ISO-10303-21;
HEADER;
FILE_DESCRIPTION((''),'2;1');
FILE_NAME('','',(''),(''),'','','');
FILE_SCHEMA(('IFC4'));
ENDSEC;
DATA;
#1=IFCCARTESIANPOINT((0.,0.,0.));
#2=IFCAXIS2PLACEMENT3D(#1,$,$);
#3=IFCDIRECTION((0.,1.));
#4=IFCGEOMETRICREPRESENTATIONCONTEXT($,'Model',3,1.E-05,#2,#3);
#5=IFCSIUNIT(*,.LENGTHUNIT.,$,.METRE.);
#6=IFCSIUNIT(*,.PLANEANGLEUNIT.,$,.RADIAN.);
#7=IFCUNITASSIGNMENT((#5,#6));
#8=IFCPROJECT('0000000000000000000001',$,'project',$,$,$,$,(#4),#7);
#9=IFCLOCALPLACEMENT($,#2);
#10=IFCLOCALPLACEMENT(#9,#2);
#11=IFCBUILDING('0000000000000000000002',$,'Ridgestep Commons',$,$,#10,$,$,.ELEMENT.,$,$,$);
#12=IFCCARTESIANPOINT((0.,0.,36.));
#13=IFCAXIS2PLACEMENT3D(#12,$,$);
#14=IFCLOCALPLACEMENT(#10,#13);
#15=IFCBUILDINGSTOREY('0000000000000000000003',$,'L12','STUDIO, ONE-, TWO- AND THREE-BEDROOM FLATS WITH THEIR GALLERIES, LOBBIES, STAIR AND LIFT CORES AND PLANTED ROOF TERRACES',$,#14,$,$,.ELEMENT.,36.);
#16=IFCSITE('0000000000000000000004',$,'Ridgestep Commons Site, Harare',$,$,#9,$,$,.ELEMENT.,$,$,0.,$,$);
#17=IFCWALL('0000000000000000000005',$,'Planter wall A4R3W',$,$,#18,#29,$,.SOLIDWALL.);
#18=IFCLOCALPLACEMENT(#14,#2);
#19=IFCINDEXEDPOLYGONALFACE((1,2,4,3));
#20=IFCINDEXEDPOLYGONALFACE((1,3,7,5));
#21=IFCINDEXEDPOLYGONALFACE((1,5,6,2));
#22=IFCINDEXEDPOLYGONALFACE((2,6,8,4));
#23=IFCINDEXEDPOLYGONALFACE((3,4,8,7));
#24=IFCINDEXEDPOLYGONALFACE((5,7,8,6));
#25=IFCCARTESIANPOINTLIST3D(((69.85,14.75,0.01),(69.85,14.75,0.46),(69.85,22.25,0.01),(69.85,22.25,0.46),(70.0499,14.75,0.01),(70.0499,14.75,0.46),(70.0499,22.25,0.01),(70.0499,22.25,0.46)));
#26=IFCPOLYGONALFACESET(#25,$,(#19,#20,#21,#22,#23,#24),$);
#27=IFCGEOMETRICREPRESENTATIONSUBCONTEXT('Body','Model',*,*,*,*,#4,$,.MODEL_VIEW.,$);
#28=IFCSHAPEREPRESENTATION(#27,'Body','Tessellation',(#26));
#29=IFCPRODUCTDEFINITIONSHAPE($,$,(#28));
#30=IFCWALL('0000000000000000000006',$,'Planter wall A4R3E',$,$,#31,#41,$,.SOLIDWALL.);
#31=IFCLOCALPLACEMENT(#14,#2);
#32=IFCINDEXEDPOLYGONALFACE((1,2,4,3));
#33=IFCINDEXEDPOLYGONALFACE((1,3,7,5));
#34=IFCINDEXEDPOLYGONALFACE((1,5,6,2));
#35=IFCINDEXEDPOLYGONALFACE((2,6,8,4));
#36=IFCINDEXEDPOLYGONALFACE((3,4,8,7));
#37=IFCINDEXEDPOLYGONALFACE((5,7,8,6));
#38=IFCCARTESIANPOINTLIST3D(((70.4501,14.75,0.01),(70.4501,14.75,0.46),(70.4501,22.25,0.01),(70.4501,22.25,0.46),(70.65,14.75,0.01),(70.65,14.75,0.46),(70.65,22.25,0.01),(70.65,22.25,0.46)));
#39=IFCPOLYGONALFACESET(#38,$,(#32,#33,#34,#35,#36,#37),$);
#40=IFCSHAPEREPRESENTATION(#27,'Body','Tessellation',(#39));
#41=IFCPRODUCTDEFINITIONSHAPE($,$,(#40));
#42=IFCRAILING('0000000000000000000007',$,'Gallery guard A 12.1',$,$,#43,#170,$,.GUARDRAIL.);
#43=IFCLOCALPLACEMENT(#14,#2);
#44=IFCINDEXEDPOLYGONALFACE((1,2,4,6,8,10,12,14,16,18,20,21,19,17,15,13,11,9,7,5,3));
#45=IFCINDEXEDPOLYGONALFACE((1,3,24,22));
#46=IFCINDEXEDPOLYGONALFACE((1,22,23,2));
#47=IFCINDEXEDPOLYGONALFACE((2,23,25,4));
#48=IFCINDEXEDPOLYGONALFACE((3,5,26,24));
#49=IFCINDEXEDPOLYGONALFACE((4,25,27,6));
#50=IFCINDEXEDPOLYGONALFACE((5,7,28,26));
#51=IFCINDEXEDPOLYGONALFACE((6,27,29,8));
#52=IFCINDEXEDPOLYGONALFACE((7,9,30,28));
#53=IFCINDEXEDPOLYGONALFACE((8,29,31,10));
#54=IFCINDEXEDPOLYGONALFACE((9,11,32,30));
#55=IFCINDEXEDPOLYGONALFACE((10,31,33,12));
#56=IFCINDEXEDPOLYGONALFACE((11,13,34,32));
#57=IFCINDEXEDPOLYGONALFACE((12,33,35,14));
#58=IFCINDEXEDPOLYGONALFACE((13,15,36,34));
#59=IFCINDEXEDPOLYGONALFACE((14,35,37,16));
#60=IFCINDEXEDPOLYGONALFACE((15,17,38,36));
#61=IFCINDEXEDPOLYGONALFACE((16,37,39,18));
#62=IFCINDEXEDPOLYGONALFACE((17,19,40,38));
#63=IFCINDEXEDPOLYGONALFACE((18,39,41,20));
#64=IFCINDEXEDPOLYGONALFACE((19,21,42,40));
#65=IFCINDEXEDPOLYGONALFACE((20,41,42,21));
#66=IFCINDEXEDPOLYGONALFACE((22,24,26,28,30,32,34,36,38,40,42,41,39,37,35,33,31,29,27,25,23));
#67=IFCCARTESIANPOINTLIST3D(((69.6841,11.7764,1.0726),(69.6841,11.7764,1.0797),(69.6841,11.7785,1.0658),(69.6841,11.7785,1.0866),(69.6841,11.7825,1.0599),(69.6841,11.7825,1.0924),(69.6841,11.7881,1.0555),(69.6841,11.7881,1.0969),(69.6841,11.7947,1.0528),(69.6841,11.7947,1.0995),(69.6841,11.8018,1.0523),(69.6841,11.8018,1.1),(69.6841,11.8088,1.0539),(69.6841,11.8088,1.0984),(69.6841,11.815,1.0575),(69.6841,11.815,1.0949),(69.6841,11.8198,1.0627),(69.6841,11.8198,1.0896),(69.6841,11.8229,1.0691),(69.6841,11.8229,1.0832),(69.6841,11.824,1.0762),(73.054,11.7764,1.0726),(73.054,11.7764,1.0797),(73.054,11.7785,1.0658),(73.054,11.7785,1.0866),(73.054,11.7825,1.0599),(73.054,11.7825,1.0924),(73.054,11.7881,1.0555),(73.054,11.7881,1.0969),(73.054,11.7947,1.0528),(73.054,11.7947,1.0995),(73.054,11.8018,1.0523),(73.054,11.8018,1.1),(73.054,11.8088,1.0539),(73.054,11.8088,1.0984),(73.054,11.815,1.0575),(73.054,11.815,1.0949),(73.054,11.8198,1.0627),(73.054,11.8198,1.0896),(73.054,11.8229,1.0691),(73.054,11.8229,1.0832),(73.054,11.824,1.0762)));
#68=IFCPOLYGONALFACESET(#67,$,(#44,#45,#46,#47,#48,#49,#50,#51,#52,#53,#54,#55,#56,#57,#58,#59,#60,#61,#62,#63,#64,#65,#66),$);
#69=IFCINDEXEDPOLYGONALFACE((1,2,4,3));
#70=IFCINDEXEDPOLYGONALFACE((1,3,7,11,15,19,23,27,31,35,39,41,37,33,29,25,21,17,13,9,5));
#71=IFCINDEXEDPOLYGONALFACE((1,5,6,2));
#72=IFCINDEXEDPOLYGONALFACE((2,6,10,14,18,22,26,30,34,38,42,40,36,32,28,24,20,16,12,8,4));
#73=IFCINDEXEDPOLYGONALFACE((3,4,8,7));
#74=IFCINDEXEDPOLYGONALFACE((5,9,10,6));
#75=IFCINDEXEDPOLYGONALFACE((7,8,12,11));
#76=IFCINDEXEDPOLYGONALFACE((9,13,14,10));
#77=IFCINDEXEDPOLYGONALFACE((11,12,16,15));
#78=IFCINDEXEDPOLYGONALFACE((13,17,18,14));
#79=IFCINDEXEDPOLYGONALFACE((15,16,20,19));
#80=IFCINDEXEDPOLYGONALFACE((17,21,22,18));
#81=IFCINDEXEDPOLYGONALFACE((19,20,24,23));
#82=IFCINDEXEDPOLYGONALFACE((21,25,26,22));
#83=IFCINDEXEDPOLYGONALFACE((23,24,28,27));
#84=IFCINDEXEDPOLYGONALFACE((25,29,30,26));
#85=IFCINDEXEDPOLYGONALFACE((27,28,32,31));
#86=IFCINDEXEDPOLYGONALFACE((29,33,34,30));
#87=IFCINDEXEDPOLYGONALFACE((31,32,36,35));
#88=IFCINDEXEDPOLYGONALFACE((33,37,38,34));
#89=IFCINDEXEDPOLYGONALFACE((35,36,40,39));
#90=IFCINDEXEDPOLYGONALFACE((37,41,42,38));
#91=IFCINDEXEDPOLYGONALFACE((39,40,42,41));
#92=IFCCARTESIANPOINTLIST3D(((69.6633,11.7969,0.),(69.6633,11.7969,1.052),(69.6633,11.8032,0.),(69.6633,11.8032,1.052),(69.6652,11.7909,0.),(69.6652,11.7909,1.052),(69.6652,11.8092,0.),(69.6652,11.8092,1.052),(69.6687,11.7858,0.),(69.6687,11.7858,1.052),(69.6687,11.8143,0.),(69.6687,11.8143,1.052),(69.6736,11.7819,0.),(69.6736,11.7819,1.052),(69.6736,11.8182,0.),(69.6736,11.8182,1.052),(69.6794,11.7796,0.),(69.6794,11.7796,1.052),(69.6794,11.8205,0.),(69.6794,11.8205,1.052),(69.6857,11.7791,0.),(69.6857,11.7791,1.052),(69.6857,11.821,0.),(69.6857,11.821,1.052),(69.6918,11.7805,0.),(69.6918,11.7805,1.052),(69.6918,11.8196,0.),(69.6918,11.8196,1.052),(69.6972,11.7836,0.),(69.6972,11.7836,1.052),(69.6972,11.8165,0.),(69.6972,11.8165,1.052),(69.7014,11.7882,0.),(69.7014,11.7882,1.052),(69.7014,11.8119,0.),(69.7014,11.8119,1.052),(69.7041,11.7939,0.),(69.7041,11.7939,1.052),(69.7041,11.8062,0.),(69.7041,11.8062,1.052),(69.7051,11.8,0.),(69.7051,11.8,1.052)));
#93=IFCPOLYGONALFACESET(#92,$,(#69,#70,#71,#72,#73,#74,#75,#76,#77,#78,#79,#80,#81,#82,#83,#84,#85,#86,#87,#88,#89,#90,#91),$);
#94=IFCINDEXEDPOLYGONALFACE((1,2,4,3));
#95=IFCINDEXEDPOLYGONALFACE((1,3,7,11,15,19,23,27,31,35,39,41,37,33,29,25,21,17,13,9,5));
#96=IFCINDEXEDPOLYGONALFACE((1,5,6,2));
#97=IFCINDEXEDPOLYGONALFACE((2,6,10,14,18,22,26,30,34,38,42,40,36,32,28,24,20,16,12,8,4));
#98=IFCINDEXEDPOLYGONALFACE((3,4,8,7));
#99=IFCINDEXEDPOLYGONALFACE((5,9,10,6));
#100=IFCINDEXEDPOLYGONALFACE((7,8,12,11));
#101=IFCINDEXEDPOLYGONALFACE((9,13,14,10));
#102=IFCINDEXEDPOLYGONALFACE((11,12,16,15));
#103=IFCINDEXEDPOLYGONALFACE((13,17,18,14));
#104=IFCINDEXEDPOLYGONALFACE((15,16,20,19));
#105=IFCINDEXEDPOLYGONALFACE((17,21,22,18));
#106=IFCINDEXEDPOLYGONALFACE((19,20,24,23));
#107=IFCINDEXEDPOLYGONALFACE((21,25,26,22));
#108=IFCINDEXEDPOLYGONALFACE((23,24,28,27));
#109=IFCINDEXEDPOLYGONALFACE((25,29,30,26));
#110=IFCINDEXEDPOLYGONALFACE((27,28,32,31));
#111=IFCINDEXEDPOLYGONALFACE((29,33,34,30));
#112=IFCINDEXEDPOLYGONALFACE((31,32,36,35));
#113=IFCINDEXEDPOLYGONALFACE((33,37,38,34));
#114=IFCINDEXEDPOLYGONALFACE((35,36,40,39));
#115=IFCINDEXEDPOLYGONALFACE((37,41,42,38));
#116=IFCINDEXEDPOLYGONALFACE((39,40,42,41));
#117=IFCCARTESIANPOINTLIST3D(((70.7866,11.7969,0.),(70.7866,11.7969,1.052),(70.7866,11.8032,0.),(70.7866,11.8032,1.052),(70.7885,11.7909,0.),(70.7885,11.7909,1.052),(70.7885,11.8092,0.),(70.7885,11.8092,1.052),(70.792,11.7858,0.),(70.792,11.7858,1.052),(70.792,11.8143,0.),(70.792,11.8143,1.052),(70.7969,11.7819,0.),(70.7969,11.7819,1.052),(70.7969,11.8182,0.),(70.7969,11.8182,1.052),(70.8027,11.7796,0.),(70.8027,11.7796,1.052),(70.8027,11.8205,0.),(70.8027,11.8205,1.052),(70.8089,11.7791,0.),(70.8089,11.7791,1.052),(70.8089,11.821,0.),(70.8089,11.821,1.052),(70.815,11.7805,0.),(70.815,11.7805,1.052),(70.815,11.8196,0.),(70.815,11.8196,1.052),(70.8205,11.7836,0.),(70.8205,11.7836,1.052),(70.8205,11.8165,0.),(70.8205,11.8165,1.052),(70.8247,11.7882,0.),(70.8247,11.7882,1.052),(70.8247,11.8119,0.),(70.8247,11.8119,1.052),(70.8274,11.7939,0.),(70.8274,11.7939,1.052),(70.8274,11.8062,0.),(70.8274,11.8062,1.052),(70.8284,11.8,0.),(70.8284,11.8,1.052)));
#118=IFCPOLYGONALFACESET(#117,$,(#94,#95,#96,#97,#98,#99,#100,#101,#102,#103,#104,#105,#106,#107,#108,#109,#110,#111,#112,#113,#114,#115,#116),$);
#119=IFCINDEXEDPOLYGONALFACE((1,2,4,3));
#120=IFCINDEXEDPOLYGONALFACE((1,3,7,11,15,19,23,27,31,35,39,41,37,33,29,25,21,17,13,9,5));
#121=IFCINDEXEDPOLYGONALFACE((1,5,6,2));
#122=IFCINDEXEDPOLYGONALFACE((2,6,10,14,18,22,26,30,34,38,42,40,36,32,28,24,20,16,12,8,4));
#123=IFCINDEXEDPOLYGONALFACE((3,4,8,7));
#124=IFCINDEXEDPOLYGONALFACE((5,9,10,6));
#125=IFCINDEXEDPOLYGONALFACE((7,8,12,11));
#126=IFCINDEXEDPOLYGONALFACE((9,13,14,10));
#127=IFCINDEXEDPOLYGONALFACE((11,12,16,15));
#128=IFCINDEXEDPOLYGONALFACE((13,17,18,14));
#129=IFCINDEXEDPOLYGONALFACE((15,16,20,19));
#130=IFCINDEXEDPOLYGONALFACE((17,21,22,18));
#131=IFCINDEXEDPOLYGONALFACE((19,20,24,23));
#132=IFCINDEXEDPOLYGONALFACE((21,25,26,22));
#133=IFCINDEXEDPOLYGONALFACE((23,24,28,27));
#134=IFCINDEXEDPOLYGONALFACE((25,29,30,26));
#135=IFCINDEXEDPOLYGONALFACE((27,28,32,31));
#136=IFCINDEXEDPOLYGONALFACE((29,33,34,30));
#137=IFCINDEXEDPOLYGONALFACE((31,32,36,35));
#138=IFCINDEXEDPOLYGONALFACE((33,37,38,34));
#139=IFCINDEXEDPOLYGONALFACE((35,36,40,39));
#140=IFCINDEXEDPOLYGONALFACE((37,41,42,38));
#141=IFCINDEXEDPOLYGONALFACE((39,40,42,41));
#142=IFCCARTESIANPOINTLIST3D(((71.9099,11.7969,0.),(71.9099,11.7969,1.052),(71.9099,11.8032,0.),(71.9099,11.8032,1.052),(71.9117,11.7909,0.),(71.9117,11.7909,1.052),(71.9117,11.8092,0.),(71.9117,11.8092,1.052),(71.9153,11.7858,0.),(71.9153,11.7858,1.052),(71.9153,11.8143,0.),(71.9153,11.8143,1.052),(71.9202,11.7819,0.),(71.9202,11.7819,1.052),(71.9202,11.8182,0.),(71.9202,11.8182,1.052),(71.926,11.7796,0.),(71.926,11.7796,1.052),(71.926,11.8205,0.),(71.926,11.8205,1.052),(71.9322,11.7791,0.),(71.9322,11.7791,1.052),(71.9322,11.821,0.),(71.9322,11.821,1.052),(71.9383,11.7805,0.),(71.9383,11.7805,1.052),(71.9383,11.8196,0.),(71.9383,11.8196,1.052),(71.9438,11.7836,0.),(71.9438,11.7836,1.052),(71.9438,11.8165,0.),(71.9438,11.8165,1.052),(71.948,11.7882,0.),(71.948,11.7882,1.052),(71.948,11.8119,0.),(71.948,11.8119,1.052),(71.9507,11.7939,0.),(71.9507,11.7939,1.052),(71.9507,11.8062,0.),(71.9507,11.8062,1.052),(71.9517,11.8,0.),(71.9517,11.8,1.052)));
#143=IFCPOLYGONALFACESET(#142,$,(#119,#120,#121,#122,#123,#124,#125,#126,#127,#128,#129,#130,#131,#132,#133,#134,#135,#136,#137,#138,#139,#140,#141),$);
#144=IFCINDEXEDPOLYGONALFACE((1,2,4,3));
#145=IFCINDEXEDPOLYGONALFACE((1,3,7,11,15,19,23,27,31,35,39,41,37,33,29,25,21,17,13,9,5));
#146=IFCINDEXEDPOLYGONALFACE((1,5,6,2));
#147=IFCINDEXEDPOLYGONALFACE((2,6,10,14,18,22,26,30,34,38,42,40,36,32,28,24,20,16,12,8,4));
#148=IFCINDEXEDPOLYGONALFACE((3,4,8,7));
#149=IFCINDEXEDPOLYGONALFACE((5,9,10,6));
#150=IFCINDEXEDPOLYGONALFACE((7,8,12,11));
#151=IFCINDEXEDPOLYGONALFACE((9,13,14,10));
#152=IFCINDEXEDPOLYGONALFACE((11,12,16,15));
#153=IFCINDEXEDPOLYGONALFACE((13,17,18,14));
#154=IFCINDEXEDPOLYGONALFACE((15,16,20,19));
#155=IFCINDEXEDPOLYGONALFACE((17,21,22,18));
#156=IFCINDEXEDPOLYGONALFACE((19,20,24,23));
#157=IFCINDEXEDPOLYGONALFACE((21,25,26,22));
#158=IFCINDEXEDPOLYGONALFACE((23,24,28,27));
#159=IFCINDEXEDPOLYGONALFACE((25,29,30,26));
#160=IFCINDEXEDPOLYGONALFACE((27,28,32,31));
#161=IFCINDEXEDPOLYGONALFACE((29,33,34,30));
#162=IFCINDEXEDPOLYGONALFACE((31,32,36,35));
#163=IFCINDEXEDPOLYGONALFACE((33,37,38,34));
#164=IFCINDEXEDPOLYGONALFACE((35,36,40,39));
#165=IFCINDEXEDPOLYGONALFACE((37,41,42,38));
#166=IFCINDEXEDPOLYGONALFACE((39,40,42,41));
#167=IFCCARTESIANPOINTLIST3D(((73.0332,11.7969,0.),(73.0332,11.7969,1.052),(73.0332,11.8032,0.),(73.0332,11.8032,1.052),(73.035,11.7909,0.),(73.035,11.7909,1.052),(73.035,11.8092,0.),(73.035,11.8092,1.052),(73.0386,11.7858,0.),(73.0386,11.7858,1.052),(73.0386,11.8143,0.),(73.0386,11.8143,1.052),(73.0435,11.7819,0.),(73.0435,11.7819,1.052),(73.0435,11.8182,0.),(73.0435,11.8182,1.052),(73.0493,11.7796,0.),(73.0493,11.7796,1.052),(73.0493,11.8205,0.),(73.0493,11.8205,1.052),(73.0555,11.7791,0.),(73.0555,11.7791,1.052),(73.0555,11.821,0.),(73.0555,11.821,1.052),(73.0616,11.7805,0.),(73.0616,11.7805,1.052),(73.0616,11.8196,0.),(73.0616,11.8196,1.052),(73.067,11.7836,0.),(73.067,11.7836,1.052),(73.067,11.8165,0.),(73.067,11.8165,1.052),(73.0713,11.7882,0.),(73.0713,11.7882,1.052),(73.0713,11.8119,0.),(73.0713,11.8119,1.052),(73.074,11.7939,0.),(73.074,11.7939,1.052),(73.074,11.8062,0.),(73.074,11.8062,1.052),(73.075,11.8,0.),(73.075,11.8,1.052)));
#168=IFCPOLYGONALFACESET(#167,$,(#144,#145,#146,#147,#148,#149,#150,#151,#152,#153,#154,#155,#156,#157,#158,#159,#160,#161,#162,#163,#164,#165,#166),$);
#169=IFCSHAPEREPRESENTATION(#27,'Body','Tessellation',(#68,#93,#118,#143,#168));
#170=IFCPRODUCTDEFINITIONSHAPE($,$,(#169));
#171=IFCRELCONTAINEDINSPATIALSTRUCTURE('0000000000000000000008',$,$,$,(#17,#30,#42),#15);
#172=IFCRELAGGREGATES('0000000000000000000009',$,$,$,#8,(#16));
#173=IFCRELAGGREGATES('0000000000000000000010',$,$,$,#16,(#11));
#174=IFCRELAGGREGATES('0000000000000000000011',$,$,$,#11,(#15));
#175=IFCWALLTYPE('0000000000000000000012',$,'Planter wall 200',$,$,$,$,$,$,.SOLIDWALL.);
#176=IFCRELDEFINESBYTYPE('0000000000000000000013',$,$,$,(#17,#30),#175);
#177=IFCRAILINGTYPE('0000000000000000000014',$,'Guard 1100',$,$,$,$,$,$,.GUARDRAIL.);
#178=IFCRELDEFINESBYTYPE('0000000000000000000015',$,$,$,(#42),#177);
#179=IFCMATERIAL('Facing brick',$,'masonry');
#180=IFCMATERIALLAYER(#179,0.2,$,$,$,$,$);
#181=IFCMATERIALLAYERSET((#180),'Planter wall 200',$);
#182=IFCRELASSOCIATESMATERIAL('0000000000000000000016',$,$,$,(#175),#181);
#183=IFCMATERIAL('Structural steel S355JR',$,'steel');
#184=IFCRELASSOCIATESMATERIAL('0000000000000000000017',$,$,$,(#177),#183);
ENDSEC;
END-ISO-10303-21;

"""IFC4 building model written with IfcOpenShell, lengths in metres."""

from ifc_helpers import new_model, si_unit, direction, frame, frame_2d, origin, origin_2d, place, context, subcontext, project, spatial, rectangle, circle, extrude, material, layer, layer_set, type_object, element, save


model = new_model("IFC4")

# Units and contexts
model_context = context("Model", 3, precision=1e-05, world=origin(), true_north=direction((0.0, 1.0)))
body_context = subcontext(model_context, "Body", "Model", "MODEL_VIEW")
ifc_project = project(units=[si_unit("LENGTHUNIT", "METRE"), si_unit("PLANEANGLEUNIT", "RADIAN")], contexts=[model_context])

# Site, building, storey
site_placement = place(None, origin())
site = spatial("IfcSite", under=ifc_project, at=site_placement, Name="Ridgestep Commons Site, Harare", CompositionType="ELEMENT", RefElevation=0.0)
building_placement = place(site_placement, origin())
building = spatial("IfcBuilding", under=site, at=building_placement, Name="Ridgestep Commons", CompositionType="ELEMENT")
storey_placement = place(building_placement, frame((0.0, 0.0, 36.0)))
storey = spatial("IfcBuildingStorey", under=building, at=storey_placement, Name="L12", Description="STUDIO, ONE-, TWO- AND THREE-BEDROOM FLATS WITH THEIR GALLERIES, LOBBIES, STAIR AND LIFT CORES AND PLANTED ROOF TERRACES", CompositionType="ELEMENT", Elevation=36.0)

# Walls
ifc_material_1 = material(Name="Facing brick", Category="masonry")
ifc_layer_1 = layer(ifc_material_1, 0.2)
ifc_layer_set_1 = layer_set([ifc_layer_1], Name="Planter wall 200")
wall_type_1 = type_object("IfcWallType", Name="Planter wall 200", PredefinedType="SOLIDWALL", material=ifc_layer_set_1)
for number, where, z_axis, x_axis, name in (
    (1, (69.95, 14.75, 0.01), (0.0, 0.0, 1.0), (0.0, 1.0, 0.0), "Planter wall A4R3W"),
    (2, (70.55, 14.75, 0.01), (0.0, 0.0, 1.0), (0.0, 1.0, 0.0), "Planter wall A4R3E"),
):
    element("IfcWall", number, at=place(storey_placement, frame(where, z_axis=z_axis, x_axis=x_axis)), inside=storey, type_object=wall_type_1, Name=name, PredefinedType="SOLIDWALL", context=body_context, shape_type="SweptSolid", body=[
        extrude(rectangle(XDim=7.5, YDim=0.2, at=frame_2d((3.75, 0.0))), origin(), (0.0, 0.0, 1.0), 0.45),
    ])

# Railing
ifc_material_2 = material(Name="Structural steel S355JR", Category="steel")
railing_type = type_object("IfcRailingType", Name="Guard 1100", PredefinedType="GUARDRAIL", material=ifc_material_2)
railing_1_placement = place(storey_placement, frame((69.6841, 11.8, 0.0)))
element("IfcRailing", 3, at=railing_1_placement, inside=storey, type_object=railing_type, Name="Gallery guard A 12.1", PredefinedType="GUARDRAIL", context=body_context, shape_type="SweptSolid", body=[
    extrude(circle(Radius=0.0239, at=origin_2d()), frame((0.0, 0.0, 1.0762), z_axis=(1.0, 0.0, 0.0), x_axis=(0.0, 1.0, 0.0)), (0.0, 0.0, 1.0), 3.3699),
    extrude(circle(Radius=0.021, at=origin_2d()), origin(), (0.0, 0.0, 1.0), 1.052),
    extrude(circle(Radius=0.021, at=origin_2d()), frame((1.1233, 0.0, 0.0)), (0.0, 0.0, 1.0), 1.052),
    extrude(circle(Radius=0.021, at=origin_2d()), frame((2.2466, 0.0, 0.0)), (0.0, 0.0, 1.0), 1.052),
    extrude(circle(Radius=0.021, at=origin_2d()), frame((3.3699, 0.0, 0.0)), (0.0, 0.0, 1.0), 1.052),
])

save(model, "model.ifc")
